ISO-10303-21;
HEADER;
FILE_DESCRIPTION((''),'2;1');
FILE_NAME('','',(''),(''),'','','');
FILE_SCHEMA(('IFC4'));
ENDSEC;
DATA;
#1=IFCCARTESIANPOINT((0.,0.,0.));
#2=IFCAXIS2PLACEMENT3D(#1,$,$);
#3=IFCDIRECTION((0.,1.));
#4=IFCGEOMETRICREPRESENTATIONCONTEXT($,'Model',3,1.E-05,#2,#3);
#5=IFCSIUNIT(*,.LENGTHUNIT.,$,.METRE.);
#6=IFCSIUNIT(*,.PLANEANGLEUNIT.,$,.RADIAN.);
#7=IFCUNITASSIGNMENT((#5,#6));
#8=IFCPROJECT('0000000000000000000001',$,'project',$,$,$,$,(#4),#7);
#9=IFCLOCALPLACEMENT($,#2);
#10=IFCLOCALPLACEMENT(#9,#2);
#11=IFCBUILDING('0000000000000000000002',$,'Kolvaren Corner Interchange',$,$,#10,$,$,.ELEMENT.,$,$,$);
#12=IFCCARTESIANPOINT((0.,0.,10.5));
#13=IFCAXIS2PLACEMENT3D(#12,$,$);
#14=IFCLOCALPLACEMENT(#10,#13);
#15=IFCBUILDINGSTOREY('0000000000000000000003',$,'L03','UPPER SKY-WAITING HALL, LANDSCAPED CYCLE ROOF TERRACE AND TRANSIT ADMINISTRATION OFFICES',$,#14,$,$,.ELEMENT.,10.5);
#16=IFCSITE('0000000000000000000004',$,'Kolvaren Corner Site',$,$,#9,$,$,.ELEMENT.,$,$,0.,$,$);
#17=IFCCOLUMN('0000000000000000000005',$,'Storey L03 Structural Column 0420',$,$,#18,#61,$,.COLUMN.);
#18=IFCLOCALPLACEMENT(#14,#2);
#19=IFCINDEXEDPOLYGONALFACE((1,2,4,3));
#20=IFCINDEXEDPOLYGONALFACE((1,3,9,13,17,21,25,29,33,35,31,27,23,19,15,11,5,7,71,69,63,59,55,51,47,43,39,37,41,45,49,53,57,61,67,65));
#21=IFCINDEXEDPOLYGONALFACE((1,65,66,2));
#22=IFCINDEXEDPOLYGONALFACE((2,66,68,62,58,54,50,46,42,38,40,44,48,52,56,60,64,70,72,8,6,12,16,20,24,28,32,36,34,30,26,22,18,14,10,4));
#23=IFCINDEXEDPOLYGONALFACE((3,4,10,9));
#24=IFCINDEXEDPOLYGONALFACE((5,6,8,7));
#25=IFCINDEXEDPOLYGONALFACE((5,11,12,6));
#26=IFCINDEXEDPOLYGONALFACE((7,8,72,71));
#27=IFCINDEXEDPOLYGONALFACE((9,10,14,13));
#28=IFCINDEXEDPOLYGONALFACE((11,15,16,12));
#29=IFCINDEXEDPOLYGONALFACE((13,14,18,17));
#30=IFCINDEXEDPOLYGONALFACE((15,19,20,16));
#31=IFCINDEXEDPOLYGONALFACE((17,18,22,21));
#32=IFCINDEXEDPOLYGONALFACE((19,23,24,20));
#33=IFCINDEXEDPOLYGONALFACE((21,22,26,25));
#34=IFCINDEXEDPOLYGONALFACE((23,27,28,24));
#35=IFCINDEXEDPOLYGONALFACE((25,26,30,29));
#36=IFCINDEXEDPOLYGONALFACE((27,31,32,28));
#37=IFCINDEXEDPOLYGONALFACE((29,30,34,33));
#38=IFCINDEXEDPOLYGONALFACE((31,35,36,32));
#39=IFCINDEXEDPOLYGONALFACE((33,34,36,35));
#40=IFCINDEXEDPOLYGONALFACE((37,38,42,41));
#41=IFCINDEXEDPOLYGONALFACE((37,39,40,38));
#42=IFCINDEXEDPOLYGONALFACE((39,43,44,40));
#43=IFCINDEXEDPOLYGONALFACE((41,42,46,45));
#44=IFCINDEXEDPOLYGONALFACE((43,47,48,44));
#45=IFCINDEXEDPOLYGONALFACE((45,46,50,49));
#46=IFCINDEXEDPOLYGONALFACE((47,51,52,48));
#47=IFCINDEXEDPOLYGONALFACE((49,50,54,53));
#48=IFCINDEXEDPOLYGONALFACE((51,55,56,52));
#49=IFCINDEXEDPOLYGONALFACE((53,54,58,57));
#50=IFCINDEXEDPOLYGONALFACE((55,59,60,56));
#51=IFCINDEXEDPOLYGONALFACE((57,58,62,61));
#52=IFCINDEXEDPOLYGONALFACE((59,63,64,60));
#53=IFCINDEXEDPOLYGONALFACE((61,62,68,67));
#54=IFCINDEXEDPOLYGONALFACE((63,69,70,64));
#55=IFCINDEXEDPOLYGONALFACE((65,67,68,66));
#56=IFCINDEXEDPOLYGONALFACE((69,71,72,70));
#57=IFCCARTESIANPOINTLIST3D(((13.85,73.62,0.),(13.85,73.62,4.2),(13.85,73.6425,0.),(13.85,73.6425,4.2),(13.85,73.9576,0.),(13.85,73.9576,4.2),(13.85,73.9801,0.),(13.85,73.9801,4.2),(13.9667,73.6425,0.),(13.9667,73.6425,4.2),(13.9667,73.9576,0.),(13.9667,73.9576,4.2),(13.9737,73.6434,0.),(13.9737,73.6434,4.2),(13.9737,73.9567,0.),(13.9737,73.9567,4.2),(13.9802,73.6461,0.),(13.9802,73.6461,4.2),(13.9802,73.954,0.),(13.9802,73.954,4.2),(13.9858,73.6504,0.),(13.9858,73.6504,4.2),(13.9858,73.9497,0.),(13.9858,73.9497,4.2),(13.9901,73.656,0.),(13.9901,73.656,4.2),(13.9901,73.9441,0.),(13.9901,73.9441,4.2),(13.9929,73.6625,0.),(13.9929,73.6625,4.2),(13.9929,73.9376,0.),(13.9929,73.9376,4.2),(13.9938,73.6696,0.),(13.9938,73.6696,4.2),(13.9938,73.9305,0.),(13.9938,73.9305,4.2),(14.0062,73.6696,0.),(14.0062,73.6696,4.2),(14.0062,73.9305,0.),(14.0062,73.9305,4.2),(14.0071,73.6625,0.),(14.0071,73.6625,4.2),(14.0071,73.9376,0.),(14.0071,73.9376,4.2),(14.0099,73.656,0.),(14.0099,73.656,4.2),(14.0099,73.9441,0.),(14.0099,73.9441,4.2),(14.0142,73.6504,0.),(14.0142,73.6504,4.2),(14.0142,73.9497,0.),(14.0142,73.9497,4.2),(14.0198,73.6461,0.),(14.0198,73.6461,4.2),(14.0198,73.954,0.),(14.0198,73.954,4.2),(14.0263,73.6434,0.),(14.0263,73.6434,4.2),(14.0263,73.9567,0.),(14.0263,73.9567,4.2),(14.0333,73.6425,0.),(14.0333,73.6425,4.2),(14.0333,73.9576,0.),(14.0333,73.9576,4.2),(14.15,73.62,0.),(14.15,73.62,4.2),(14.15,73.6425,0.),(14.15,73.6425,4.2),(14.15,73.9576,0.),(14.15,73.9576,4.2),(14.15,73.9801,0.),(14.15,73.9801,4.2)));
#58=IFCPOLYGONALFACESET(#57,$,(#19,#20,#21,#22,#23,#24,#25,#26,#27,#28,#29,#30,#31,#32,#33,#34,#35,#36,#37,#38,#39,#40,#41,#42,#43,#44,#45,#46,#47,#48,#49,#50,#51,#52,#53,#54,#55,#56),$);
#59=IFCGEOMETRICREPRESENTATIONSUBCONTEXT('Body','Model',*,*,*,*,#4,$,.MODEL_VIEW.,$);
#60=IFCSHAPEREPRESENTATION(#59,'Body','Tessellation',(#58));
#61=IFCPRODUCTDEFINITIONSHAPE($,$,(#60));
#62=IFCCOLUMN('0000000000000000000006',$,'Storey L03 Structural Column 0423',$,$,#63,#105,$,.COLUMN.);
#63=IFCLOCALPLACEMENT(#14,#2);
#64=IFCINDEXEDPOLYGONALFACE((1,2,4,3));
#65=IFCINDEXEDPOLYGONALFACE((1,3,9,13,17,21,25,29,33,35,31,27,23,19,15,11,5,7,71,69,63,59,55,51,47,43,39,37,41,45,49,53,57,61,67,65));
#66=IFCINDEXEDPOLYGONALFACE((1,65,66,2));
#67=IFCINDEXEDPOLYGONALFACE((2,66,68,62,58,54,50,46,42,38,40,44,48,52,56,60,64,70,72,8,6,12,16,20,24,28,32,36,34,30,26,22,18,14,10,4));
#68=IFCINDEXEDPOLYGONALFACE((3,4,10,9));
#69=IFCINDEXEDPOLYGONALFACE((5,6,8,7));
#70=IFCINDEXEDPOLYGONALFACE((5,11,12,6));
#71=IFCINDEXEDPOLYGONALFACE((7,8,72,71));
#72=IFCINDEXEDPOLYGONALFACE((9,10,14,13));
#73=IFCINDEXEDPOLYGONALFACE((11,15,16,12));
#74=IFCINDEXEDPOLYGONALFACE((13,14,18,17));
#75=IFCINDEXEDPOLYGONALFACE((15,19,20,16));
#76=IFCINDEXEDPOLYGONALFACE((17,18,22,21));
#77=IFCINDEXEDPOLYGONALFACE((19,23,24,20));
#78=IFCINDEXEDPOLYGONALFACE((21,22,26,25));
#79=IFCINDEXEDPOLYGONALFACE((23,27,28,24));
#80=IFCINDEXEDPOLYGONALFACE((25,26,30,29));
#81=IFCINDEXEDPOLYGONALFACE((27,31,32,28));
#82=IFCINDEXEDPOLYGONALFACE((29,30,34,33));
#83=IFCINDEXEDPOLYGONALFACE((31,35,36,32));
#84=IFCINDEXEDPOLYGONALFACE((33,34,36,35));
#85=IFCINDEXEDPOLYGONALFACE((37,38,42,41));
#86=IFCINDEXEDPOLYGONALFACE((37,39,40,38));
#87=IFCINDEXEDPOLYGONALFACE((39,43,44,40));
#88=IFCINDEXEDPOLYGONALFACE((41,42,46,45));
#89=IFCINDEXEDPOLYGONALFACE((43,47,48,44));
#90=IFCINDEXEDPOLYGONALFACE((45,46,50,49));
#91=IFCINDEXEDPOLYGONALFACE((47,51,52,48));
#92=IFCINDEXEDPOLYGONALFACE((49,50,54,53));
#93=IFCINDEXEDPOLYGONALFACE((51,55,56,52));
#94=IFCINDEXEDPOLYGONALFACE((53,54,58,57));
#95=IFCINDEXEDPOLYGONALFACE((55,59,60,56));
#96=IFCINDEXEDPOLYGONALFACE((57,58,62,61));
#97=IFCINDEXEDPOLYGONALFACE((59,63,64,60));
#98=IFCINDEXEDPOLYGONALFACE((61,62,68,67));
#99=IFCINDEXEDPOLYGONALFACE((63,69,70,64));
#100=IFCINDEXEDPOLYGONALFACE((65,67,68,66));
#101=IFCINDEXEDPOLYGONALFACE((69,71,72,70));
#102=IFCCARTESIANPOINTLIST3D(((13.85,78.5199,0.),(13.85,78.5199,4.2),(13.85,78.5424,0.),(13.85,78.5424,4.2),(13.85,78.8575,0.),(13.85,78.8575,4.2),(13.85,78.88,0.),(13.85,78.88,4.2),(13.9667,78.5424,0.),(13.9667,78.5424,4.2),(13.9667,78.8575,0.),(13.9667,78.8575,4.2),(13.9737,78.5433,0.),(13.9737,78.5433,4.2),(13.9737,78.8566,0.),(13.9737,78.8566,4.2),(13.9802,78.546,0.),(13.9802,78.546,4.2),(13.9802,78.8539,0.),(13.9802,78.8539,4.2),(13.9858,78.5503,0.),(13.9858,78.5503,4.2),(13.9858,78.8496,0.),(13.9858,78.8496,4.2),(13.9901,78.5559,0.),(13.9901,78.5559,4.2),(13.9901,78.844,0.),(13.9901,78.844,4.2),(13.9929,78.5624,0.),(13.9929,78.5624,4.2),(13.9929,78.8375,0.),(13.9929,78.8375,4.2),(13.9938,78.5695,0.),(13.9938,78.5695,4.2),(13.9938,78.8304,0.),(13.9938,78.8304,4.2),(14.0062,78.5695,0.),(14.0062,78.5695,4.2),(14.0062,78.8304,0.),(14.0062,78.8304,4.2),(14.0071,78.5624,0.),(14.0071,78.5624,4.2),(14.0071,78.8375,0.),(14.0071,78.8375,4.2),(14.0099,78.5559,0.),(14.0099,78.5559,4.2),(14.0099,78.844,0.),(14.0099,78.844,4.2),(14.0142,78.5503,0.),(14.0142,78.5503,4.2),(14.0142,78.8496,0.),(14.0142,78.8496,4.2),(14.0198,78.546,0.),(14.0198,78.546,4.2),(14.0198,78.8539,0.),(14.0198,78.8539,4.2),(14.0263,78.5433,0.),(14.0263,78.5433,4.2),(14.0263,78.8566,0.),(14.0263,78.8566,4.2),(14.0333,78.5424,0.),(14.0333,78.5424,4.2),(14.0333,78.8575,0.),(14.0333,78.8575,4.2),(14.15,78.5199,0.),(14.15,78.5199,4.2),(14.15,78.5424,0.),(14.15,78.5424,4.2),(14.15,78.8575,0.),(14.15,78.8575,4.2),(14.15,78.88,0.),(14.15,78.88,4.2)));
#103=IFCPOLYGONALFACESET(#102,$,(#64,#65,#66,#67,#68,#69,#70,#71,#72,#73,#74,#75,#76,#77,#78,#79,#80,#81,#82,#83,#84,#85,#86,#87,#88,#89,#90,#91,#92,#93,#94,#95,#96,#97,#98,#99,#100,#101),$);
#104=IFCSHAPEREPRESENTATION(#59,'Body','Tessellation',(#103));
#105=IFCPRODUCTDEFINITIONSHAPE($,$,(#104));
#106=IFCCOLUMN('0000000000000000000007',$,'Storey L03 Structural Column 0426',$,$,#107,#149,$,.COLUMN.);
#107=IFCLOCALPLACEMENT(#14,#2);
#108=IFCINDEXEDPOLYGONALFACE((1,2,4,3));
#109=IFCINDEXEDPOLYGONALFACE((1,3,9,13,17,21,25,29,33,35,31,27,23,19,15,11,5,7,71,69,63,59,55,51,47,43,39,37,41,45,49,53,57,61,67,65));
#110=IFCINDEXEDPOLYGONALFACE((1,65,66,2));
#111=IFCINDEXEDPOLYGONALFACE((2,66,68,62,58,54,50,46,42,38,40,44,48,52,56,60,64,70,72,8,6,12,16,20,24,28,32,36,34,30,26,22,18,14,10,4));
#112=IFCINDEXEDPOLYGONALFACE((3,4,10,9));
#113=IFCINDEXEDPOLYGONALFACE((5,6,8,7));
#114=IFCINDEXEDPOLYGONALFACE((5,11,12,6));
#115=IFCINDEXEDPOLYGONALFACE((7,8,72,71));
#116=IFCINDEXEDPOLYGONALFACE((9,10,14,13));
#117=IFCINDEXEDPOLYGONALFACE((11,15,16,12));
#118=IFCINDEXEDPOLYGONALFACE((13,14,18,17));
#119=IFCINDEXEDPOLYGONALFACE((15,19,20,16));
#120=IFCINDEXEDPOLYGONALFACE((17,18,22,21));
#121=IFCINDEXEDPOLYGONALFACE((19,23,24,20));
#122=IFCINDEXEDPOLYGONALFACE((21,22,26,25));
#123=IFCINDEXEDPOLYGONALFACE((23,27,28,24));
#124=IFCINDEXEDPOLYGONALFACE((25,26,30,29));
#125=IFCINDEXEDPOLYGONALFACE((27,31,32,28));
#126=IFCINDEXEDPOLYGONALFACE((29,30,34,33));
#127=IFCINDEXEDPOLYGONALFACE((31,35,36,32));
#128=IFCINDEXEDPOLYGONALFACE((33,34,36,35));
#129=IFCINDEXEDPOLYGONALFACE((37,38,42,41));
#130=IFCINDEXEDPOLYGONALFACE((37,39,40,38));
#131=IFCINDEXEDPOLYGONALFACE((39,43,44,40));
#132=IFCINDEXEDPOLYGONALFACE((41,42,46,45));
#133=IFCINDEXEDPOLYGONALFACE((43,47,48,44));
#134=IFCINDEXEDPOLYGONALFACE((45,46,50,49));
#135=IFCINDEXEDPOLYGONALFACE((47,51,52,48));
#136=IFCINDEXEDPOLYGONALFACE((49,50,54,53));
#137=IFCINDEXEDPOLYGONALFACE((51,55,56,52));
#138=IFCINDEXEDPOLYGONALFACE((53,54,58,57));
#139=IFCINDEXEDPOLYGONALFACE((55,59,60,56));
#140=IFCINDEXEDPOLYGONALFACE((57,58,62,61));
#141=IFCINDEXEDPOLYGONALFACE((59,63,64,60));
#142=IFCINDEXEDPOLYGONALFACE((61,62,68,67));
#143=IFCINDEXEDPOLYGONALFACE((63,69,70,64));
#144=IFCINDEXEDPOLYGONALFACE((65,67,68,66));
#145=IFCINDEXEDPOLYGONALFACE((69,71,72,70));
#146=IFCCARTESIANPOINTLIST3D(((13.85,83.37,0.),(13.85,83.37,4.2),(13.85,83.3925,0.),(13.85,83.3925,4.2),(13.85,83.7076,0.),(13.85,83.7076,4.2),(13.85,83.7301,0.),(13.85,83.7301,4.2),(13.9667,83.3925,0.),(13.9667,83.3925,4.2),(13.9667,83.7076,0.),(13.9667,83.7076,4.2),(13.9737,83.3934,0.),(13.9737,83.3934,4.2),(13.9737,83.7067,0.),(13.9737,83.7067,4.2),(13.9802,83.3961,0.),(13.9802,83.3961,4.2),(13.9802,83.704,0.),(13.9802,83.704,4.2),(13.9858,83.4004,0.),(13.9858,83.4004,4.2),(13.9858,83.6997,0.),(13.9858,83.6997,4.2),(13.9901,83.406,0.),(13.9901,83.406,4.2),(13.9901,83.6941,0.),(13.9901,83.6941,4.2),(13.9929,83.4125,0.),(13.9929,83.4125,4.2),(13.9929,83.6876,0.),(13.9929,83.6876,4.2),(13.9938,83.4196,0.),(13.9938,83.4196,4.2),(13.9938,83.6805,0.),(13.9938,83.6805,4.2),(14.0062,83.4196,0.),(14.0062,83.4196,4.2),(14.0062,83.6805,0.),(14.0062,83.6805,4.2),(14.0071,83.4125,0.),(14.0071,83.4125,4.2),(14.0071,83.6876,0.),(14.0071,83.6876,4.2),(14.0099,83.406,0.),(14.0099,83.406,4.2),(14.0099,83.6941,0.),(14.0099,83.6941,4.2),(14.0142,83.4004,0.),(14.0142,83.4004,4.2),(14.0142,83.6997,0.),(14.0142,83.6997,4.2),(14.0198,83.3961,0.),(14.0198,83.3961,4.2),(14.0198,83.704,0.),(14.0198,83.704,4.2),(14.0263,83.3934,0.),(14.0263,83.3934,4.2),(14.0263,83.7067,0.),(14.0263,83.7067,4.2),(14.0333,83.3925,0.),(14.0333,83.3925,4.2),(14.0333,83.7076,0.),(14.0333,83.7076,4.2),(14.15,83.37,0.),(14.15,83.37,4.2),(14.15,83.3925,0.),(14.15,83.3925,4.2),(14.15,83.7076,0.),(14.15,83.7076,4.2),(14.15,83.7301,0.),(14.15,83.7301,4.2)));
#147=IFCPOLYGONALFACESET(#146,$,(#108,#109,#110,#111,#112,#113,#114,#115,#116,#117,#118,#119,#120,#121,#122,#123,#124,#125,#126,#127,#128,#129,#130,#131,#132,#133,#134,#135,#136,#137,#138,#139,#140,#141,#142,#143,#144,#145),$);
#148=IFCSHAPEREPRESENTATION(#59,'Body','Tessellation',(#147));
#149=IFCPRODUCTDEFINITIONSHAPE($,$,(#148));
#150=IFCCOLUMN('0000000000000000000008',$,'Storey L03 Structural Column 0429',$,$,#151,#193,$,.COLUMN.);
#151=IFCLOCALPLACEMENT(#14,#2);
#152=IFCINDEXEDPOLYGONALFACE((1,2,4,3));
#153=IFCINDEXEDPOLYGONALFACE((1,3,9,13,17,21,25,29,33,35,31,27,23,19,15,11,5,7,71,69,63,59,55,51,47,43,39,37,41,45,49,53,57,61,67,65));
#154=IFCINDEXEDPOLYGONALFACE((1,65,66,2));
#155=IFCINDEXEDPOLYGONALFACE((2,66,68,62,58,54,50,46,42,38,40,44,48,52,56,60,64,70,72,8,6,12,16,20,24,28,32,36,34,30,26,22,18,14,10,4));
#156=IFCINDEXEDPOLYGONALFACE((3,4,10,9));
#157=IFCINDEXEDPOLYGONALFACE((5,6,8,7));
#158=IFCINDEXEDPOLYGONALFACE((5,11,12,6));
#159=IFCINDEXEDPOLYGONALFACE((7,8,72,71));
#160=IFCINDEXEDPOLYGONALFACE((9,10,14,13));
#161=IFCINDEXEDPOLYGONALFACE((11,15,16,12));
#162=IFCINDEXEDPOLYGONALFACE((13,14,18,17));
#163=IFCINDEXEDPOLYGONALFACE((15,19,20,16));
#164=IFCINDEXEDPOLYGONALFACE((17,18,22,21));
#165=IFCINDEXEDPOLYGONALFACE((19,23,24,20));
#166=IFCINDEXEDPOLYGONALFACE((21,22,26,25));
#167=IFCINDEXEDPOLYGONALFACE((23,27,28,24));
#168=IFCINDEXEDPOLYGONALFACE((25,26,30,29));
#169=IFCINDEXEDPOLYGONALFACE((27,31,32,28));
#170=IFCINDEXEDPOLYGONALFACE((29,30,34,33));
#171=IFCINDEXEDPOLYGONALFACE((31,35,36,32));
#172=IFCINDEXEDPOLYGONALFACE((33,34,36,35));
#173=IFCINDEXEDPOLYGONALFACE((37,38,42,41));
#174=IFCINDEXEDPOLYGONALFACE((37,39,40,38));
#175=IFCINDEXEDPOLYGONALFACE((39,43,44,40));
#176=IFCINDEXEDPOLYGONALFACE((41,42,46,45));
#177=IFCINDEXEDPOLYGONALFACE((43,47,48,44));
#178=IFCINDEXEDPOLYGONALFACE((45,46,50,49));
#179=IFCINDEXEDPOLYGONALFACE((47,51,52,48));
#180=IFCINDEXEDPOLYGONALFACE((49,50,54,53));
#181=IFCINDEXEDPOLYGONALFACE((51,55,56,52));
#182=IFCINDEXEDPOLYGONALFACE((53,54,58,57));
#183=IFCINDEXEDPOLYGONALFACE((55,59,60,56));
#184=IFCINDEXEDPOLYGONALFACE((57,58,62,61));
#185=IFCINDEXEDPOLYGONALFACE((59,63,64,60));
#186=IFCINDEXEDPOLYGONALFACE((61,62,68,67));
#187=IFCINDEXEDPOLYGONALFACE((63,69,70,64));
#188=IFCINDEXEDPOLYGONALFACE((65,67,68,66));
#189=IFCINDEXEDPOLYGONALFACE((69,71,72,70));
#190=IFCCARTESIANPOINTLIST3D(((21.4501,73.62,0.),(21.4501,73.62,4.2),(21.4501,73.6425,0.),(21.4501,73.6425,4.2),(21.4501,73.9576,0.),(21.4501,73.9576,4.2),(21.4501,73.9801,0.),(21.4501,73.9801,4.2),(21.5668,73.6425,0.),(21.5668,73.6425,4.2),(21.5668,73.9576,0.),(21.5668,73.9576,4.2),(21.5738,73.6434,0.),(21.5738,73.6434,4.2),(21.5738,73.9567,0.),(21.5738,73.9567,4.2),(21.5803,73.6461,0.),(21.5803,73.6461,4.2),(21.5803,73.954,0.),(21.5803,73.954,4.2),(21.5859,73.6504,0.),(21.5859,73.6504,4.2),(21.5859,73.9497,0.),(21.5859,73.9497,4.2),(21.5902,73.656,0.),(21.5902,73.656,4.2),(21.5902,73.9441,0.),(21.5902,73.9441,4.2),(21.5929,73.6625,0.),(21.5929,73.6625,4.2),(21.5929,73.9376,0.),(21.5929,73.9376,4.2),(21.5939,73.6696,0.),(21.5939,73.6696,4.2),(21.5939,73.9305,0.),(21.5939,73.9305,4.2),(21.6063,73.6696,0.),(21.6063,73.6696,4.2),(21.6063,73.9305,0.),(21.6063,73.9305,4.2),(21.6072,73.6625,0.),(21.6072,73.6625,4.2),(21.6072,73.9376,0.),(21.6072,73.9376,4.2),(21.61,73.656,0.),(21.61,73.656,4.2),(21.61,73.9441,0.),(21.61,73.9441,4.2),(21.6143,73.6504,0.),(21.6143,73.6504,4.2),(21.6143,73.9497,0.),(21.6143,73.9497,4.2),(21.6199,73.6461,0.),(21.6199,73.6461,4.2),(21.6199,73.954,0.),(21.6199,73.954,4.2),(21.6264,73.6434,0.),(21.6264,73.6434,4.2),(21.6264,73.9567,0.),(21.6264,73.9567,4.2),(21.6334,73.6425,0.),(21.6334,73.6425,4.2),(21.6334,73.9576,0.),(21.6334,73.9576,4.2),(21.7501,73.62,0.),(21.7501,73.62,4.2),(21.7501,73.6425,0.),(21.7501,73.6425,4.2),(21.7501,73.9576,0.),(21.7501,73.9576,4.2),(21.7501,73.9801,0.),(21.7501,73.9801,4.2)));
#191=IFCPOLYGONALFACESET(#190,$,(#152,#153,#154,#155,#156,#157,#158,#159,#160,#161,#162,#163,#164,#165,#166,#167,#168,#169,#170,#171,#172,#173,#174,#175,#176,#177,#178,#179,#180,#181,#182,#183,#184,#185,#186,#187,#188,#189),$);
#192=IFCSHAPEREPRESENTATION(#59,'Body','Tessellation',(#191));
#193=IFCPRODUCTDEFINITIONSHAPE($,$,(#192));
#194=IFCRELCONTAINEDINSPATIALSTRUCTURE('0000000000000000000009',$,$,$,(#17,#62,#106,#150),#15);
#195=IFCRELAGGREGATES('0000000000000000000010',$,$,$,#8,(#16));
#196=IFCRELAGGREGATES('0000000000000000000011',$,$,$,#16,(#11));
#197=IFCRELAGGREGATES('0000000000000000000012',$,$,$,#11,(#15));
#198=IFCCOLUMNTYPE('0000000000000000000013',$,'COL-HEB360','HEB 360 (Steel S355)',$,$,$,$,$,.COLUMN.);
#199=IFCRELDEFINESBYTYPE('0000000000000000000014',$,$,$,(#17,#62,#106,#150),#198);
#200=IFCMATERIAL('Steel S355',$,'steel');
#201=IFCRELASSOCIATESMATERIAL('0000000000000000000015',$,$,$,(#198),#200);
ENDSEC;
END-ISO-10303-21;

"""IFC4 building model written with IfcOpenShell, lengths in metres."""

from ifc_helpers import new_model, si_unit, direction, frame, origin, origin_2d, place, context, subcontext, project, spatial, i_section, extrude, material, material_profile, profile_set, type_object, element, save


model = new_model("IFC4")

# Units and contexts
model_context = context("Model", 3, precision=1e-05, world=origin(), true_north=direction((0.0, 1.0)))
body_context = subcontext(model_context, "Body", "Model", "MODEL_VIEW")
ifc_project = project(units=[si_unit("LENGTHUNIT", "METRE"), si_unit("PLANEANGLEUNIT", "RADIAN")], contexts=[model_context])

# Site, building, storey
site_placement = place(None, origin())
site = spatial("IfcSite", under=ifc_project, at=site_placement, Name="Kolvaren Corner Site", CompositionType="ELEMENT", RefElevation=0.0)
building_placement = place(site_placement, origin())
building = spatial("IfcBuilding", under=site, at=building_placement, Name="Kolvaren Corner Interchange", CompositionType="ELEMENT")
storey_placement = place(building_placement, frame((0.0, 0.0, 10.5)))
storey = spatial("IfcBuildingStorey", under=building, at=storey_placement, Name="L03", Description="UPPER SKY-WAITING HALL, LANDSCAPED CYCLE ROOF TERRACE AND TRANSIT ADMINISTRATION OFFICES", CompositionType="ELEMENT", Elevation=10.5)

# Columns
ifc_material_1 = material(Name="Steel S355", Category="steel")
ifc_material_profile_1 = material_profile(ifc_material_1, i_section(OverallWidth=0.3, OverallDepth=0.3601, WebThickness=0.0125, FlangeThickness=0.0225, FilletRadius=0.0271, at=origin_2d()), Name="HEB 360")
ifc_profile_set_1 = profile_set([ifc_material_profile_1], Name="Steel S355")
column_type = type_object("IfcColumnType", Name="COL-HEB360", Description="HEB 360 (Steel S355)", PredefinedType="COLUMN", material=ifc_profile_set_1)
for number, where, z_axis, x_axis, name in (
    (1, (14.0, 73.8, 0.0), (0.0, 0.0, 1.0), (1.0, 0.0, 0.0), "Storey L03 Structural Column 0420"),
    (2, (14.0, 78.7, 0.0), (0.0, 0.0, 1.0), (1.0, 0.0, 0.0), "Storey L03 Structural Column 0423"),
    (3, (14.0, 83.55, 0.0), (0.0, 0.0, 1.0), (1.0, 0.0, 0.0), "Storey L03 Structural Column 0426"),
    (4, (21.6001, 73.8, 0.0), (0.0, 0.0, 1.0), (1.0, 0.0, 0.0), "Storey L03 Structural Column 0429"),
):
    element("IfcColumn", number, at=place(storey_placement, frame(where, z_axis=z_axis, x_axis=x_axis)), inside=storey, type_object=column_type, Name=name, PredefinedType="COLUMN", context=body_context, shape_type="SweptSolid", body=[
        extrude(i_section(OverallWidth=0.3, OverallDepth=0.3601, WebThickness=0.0125, FlangeThickness=0.0225, FilletRadius=0.0271, at=origin_2d()), origin(), (0.0, 0.0, 1.0), 4.2),
    ])

save(model, "model.ifc")
